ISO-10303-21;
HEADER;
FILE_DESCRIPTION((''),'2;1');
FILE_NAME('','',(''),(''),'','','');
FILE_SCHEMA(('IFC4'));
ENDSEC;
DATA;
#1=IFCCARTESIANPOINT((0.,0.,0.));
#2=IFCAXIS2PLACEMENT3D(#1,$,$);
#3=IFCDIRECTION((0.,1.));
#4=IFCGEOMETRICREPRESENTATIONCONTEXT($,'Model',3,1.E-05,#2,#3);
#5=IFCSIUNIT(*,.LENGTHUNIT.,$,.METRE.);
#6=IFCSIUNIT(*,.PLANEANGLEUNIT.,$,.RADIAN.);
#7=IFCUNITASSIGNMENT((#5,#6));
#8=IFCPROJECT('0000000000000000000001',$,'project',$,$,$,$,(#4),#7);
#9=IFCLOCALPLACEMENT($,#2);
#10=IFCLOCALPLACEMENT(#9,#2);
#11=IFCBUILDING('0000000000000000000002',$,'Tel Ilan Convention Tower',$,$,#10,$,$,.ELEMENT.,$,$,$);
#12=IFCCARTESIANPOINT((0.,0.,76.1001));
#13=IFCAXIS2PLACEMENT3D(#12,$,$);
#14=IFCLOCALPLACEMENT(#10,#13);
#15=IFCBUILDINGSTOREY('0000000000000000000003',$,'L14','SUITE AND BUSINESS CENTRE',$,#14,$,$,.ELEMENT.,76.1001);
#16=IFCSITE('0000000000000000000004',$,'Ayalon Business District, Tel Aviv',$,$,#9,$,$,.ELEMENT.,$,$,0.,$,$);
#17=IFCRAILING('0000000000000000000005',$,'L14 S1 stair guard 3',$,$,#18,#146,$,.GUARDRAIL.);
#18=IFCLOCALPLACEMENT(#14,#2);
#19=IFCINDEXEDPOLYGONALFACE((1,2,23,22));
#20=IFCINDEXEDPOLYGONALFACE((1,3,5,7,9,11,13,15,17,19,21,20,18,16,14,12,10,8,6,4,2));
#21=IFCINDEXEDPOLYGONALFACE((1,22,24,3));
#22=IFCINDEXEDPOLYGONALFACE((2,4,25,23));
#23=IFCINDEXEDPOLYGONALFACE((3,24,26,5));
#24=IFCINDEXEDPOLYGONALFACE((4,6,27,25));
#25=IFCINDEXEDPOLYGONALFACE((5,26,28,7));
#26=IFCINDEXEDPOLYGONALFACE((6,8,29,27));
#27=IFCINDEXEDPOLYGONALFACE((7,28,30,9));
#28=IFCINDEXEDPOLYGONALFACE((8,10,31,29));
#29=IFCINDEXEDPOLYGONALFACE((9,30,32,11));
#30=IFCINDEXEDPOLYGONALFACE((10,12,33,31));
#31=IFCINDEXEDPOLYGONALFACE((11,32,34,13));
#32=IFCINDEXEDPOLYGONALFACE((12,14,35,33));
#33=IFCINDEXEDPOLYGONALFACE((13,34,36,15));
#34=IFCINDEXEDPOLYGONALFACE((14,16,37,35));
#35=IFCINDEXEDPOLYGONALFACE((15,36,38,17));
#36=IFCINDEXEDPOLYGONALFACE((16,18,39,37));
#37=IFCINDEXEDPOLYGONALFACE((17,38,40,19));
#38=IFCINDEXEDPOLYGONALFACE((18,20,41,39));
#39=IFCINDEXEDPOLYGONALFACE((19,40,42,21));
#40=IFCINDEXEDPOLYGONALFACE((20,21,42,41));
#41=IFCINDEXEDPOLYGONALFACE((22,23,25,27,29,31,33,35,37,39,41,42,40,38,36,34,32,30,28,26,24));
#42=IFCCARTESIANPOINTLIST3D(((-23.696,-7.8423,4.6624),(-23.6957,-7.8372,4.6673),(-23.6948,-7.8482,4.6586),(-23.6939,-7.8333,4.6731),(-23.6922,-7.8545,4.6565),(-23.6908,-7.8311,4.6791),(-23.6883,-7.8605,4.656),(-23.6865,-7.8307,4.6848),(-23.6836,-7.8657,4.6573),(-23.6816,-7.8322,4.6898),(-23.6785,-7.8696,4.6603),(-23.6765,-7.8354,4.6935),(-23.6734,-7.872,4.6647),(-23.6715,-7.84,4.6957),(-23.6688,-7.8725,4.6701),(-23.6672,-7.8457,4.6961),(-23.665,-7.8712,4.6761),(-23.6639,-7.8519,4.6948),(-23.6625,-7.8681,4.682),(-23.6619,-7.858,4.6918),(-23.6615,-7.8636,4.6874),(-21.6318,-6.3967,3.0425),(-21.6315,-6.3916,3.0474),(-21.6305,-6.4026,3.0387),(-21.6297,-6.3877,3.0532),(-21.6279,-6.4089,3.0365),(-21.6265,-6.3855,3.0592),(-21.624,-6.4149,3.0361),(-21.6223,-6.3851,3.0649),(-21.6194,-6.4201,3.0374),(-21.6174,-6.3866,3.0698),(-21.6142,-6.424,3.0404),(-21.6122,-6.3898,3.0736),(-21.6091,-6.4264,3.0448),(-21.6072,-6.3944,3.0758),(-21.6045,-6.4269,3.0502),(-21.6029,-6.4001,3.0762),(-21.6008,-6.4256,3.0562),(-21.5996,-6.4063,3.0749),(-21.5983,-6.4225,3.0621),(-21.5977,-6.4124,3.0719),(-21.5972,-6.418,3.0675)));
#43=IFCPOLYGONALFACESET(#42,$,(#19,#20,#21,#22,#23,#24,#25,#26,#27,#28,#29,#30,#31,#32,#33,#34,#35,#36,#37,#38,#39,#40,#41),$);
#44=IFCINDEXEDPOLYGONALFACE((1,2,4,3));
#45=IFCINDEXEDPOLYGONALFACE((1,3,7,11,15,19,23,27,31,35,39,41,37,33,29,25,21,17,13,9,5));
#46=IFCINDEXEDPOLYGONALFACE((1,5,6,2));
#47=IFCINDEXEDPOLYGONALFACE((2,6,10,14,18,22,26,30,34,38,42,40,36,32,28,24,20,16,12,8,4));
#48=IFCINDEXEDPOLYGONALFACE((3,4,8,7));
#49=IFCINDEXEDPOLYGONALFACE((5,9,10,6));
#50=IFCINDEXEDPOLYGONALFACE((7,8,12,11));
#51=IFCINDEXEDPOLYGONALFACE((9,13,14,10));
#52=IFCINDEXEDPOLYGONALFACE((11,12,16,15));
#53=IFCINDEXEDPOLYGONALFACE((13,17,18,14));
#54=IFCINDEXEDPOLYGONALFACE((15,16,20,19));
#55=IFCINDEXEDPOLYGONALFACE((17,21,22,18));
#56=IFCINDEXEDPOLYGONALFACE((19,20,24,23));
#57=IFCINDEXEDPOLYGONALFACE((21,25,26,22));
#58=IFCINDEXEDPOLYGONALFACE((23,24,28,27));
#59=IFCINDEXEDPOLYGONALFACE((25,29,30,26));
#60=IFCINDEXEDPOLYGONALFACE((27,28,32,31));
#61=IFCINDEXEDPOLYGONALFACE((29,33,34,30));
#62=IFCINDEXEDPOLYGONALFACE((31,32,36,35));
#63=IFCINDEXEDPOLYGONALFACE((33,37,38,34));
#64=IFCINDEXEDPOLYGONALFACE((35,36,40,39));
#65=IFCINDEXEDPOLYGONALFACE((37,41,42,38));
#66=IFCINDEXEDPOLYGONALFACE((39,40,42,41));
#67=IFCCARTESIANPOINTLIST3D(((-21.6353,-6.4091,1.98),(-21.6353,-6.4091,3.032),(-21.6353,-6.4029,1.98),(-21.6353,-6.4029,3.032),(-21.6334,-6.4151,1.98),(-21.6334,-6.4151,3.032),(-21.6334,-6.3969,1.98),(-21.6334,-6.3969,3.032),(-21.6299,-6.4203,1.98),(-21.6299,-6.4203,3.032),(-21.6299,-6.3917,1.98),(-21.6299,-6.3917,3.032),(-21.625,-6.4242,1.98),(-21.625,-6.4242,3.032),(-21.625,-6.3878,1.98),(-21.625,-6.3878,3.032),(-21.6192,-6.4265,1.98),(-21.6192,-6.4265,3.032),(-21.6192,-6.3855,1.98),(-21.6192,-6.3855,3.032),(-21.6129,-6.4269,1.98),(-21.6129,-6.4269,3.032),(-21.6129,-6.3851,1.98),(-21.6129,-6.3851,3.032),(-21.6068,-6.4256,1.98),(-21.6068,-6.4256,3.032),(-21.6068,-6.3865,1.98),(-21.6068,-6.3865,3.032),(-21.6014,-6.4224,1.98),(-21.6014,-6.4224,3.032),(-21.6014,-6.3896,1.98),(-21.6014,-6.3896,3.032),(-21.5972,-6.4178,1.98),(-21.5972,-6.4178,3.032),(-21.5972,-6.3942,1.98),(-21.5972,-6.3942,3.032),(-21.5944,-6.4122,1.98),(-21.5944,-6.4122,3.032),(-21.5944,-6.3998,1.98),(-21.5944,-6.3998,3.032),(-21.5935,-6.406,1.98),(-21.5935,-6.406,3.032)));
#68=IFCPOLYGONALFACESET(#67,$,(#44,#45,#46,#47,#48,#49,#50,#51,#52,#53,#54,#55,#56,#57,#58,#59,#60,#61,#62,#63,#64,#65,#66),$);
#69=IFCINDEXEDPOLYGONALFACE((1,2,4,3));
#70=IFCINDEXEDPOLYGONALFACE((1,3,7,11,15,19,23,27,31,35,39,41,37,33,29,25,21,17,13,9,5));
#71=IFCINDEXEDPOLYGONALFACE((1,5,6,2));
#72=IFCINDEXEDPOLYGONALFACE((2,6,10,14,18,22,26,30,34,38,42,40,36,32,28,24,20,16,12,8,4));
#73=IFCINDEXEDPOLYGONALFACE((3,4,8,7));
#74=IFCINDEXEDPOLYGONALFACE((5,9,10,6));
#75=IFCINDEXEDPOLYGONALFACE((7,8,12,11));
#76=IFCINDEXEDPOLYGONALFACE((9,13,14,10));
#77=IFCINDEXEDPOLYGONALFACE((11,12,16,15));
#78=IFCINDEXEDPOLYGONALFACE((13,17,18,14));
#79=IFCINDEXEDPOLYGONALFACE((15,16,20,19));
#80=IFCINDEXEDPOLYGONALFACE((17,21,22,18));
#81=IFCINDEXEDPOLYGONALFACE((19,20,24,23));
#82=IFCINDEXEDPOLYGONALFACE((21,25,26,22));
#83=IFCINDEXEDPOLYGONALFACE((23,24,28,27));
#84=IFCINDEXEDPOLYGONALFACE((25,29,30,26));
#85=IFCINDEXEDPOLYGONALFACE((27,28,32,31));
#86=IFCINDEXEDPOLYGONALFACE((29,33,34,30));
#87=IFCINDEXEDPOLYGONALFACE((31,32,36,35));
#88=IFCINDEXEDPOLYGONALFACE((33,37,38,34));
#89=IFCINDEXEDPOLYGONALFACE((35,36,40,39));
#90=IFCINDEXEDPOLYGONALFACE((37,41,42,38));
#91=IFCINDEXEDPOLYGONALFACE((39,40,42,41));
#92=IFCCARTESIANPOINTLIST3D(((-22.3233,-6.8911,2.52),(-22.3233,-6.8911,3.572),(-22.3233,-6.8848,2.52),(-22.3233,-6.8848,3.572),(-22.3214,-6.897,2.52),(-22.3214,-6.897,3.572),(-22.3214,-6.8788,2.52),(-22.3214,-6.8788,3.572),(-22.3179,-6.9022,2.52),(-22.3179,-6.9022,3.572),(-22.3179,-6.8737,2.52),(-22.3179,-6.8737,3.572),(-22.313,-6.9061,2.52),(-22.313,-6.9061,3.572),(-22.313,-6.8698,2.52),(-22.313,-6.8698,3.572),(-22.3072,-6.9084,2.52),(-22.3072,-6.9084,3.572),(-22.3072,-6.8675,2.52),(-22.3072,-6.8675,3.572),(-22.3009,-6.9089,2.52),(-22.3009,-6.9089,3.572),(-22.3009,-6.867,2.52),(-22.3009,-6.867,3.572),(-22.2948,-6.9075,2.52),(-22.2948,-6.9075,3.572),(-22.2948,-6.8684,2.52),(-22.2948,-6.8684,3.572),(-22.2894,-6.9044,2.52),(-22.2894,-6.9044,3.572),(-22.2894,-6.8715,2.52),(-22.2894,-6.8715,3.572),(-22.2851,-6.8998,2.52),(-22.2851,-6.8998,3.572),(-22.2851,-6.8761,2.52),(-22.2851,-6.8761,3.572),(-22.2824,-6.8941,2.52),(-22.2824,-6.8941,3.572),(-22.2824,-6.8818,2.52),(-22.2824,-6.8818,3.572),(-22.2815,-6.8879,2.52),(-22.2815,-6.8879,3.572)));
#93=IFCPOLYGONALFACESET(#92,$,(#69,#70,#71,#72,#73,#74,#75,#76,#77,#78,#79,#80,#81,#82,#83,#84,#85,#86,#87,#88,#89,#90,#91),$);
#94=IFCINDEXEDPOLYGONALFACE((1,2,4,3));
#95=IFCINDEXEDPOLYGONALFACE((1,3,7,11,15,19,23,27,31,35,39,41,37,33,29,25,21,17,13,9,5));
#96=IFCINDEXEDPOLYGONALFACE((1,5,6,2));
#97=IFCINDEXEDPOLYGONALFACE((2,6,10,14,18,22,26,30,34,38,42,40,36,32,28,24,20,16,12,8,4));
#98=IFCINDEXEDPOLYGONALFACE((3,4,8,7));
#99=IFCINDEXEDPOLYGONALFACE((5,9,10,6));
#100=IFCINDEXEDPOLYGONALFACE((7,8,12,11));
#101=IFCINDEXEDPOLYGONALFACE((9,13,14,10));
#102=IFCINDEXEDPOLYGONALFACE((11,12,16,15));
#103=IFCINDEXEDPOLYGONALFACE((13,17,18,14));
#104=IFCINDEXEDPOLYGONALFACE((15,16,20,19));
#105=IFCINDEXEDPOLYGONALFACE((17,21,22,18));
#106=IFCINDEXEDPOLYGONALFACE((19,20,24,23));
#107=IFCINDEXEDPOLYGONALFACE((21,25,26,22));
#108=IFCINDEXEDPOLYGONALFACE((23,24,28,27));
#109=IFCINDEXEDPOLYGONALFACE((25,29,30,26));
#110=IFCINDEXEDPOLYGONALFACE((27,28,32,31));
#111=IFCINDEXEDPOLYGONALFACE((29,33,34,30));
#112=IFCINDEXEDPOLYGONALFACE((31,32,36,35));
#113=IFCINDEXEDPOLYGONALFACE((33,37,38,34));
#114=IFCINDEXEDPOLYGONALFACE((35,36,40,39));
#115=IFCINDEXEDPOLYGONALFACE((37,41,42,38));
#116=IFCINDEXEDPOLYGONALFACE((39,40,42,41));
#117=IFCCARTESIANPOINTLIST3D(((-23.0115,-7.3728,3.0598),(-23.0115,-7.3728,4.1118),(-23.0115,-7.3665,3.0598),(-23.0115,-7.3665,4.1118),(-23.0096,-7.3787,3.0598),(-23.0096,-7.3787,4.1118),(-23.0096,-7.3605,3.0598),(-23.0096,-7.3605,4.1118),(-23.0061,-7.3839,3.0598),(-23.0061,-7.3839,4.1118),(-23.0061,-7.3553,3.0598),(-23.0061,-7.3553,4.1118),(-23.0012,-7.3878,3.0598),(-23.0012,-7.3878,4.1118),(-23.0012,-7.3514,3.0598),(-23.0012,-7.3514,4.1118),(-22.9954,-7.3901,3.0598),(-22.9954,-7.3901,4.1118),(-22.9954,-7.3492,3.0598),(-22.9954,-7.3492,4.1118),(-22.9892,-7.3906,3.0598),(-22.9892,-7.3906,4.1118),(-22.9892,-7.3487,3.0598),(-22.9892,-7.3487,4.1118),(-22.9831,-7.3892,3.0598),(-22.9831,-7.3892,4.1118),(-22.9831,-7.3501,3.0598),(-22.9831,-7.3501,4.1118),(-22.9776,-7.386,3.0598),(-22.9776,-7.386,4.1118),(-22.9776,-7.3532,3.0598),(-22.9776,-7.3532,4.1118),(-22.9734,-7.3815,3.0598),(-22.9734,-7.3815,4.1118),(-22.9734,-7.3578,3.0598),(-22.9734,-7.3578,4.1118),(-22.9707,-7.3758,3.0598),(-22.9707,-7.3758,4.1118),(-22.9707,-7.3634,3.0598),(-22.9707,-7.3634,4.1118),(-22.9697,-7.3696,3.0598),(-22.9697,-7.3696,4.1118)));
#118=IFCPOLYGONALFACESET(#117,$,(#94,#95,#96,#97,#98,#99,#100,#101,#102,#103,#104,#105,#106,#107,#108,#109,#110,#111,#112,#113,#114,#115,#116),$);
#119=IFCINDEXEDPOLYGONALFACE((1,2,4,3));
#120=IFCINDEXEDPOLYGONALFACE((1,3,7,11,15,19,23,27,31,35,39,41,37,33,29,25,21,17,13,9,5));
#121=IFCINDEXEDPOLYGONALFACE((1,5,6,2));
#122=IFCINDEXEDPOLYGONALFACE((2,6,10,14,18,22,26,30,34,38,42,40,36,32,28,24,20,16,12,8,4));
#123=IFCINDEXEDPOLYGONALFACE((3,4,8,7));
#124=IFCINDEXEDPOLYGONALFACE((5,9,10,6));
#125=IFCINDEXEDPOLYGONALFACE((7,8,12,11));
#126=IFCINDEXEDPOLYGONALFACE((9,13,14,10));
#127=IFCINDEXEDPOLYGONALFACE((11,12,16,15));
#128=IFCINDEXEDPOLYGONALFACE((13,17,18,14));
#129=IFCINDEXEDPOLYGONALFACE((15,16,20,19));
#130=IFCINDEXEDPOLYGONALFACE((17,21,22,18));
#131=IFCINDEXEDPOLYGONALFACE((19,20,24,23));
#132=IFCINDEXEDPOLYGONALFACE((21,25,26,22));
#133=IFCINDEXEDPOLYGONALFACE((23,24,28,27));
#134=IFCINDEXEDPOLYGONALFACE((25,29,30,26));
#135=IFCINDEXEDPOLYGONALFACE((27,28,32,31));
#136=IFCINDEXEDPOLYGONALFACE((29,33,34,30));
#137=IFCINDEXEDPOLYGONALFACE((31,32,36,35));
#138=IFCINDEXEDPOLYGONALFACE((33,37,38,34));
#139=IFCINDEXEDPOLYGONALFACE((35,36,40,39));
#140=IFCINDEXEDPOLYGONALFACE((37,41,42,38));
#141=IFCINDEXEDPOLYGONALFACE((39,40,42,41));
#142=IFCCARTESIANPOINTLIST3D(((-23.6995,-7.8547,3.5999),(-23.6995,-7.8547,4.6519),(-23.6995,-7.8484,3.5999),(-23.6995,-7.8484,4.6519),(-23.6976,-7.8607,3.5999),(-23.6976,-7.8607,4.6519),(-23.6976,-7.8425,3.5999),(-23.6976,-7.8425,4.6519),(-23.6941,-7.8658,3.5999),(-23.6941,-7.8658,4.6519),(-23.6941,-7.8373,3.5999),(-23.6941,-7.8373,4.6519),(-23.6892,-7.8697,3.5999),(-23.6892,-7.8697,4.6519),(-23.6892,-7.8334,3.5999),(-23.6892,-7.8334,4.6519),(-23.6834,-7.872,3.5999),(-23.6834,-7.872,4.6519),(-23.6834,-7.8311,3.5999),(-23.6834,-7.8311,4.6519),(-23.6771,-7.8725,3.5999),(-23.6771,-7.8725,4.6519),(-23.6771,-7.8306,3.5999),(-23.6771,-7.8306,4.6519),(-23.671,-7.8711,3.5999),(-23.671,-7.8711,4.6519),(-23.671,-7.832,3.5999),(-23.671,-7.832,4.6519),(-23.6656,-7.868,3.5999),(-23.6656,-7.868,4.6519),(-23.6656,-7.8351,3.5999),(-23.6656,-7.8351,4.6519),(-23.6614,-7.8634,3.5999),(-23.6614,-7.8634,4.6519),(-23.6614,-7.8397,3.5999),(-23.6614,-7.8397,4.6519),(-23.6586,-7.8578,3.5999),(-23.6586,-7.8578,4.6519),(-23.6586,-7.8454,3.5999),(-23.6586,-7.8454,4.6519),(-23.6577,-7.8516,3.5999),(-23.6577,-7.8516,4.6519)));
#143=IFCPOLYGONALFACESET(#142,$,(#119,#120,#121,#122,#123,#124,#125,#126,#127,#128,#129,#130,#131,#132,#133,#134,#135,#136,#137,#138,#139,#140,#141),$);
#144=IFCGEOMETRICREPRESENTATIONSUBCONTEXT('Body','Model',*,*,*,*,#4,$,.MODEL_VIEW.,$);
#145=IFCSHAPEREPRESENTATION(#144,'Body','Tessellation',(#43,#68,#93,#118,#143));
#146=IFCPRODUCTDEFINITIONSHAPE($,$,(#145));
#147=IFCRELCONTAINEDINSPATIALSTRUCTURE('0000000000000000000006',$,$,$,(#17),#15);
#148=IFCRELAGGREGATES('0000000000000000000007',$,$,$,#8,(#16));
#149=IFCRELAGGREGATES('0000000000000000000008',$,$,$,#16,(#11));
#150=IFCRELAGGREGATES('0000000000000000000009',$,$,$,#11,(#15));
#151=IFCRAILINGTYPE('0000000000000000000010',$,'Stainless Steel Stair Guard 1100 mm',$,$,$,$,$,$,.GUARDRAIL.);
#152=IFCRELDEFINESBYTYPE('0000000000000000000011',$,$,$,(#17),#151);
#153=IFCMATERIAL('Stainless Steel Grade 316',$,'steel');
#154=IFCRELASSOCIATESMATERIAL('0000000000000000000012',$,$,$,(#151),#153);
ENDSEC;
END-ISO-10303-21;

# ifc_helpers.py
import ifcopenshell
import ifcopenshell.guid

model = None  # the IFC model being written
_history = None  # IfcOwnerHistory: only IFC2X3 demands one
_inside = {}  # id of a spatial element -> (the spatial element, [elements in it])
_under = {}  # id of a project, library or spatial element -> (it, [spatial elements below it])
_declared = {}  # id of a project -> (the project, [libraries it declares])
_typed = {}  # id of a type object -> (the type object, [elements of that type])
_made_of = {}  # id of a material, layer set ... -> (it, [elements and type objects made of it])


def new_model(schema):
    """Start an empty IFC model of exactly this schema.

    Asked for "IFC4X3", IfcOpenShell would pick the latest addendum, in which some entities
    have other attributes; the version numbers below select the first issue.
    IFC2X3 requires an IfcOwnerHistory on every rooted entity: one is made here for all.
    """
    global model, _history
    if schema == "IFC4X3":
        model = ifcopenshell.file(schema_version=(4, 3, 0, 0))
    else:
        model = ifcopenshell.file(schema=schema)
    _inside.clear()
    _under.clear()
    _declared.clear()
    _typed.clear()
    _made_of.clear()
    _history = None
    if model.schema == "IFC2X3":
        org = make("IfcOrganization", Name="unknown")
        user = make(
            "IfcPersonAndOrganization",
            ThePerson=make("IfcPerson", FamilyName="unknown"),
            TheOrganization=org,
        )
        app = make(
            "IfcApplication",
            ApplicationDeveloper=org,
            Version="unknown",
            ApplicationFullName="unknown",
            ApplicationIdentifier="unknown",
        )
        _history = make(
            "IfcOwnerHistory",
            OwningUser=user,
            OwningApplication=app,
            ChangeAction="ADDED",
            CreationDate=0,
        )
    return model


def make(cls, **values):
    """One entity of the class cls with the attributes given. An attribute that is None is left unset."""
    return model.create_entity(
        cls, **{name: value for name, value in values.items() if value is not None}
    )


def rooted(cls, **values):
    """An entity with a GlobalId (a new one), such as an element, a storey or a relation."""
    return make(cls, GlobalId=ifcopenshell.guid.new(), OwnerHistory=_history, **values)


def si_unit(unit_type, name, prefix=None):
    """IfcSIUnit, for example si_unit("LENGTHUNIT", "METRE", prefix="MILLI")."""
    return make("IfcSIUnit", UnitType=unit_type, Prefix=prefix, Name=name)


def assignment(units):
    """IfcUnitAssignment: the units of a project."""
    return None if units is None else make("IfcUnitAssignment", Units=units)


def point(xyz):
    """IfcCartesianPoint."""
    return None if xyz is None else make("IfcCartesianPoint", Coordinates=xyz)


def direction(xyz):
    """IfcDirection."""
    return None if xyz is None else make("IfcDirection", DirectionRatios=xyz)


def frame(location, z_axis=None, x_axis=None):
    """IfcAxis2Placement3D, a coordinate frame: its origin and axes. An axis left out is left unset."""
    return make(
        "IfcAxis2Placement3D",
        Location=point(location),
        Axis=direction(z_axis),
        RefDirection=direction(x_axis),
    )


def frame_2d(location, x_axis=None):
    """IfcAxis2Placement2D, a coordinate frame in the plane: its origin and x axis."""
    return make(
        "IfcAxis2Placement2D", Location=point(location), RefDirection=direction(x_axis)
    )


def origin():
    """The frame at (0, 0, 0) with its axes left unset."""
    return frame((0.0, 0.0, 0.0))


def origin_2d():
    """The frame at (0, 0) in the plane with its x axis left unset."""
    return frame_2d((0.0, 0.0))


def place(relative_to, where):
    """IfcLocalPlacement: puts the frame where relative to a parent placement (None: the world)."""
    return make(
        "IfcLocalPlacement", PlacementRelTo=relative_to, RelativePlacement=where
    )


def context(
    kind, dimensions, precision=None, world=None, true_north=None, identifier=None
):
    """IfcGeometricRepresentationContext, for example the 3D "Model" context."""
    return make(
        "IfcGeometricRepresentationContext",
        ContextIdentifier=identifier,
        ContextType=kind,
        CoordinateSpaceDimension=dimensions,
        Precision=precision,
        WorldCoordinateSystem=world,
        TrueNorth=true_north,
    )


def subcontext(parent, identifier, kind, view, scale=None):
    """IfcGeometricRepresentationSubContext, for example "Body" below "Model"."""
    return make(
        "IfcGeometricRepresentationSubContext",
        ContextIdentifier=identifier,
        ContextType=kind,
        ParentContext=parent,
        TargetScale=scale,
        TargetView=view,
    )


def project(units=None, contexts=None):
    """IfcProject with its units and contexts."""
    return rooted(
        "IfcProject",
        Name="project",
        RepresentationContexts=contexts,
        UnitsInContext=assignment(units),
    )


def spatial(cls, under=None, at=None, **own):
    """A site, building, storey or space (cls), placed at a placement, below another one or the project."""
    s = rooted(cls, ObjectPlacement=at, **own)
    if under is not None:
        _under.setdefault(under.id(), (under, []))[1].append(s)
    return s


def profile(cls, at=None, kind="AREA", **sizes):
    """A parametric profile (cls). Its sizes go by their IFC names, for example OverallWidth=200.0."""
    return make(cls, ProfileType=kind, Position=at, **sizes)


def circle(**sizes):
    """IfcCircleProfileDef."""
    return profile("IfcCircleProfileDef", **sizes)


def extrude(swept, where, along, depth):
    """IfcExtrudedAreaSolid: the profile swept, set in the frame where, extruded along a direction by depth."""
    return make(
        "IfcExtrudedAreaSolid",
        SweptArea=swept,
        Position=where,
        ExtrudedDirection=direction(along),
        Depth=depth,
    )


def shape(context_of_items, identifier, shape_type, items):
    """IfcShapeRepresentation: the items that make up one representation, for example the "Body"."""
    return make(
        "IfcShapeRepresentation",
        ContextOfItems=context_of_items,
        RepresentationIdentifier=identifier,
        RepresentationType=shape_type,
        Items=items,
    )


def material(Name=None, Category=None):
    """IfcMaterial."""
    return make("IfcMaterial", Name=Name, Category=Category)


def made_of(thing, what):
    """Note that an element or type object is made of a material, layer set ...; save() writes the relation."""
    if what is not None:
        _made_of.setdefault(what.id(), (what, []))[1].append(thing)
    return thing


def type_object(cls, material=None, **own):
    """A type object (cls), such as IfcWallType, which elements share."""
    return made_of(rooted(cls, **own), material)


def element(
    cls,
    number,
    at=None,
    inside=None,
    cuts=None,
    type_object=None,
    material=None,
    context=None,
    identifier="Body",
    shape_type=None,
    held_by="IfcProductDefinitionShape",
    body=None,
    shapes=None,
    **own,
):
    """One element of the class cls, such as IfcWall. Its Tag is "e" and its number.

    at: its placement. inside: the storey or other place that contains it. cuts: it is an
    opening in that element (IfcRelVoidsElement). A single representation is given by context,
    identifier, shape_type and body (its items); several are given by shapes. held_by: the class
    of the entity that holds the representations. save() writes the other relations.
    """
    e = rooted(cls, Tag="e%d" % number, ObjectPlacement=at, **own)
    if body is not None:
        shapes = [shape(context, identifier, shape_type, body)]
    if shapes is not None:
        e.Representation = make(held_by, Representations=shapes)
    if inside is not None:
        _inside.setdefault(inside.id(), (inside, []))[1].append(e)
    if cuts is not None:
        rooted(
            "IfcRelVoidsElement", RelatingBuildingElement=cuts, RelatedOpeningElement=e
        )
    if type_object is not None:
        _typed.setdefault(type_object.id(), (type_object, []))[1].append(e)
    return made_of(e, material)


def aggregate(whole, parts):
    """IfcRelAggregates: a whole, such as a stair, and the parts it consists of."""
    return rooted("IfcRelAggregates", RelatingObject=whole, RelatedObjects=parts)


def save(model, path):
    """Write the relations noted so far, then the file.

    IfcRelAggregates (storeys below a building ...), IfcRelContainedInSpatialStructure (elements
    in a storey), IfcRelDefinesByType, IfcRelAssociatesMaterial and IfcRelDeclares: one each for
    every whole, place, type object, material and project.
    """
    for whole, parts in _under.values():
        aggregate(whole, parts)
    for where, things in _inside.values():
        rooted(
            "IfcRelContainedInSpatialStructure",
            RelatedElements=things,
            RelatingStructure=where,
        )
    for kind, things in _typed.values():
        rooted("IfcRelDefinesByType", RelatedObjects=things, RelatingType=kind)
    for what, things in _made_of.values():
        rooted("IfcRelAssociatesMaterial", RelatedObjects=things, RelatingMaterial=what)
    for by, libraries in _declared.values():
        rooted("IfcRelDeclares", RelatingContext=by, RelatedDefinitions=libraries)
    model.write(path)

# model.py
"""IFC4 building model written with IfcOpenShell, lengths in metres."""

from ifc_helpers import new_model, si_unit, direction, frame, origin, origin_2d, place, context, subcontext, project, spatial, circle, extrude, material, type_object, element, save


model = new_model("IFC4")

# Units and contexts
model_context = context("Model", 3, precision=1e-05, world=origin(), true_north=direction((0.0, 1.0)))
body_context = subcontext(model_context, "Body", "Model", "MODEL_VIEW")
ifc_project = project(units=[si_unit("LENGTHUNIT", "METRE"), si_unit("PLANEANGLEUNIT", "RADIAN")], contexts=[model_context])

# Site, building, storey
site_placement = place(None, origin())
site = spatial("IfcSite", under=ifc_project, at=site_placement, Name="Ayalon Business District, Tel Aviv", CompositionType="ELEMENT", RefElevation=0.0)
building_placement = place(site_placement, origin())
building = spatial("IfcBuilding", under=site, at=building_placement, Name="Tel Ilan Convention Tower", CompositionType="ELEMENT")
storey_placement = place(building_placement, frame((0.0, 0.0, 76.1001)))
storey = spatial("IfcBuildingStorey", under=building, at=storey_placement, Name="L14", Description="SUITE AND BUSINESS CENTRE", CompositionType="ELEMENT", Elevation=76.1001)

# Railing
ifc_material_1 = material(Name="Stainless Steel Grade 316", Category="steel")
railing_type_1 = type_object("IfcRailingType", Name="Stainless Steel Stair Guard 1100 mm", PredefinedType="GUARDRAIL", material=ifc_material_1)
railing_1_placement = place(storey_placement, frame((-21.6145, -6.406, 1.98)))
element("IfcRailing", 1, at=railing_1_placement, inside=storey, type_object=railing_type_1, Name="L14 S1 stair guard 3", PredefinedType="GUARDRAIL", context=body_context, shape_type="SweptSolid", body=[
    extrude(circle(Radius=0.0239, at=origin_2d()), frame((0.0, 0.0, 1.0762), z_axis=(-0.689043, -0.482534, 0.540722), x_axis=(0.573625, -0.819118, 0.0)), (0.0, 0.0, 1.0), 2.9958),
    extrude(circle(Radius=0.021, at=origin_2d()), origin(), (0.0, 0.0, 1.0), 1.052),
    extrude(circle(Radius=0.021, at=origin_2d()), frame((-0.688, -0.4819, 0.54)), (0.0, 0.0, 1.0), 1.052),
    extrude(circle(Radius=0.021, at=origin_2d()), frame((-1.3762, -0.9636, 1.0798)), (0.0, 0.0, 1.0), 1.052),
    extrude(circle(Radius=0.021, at=origin_2d()), frame((-2.0642, -1.4456, 1.6199)), (0.0, 0.0, 1.0), 1.052),
])

save(model, "model.ifc")
